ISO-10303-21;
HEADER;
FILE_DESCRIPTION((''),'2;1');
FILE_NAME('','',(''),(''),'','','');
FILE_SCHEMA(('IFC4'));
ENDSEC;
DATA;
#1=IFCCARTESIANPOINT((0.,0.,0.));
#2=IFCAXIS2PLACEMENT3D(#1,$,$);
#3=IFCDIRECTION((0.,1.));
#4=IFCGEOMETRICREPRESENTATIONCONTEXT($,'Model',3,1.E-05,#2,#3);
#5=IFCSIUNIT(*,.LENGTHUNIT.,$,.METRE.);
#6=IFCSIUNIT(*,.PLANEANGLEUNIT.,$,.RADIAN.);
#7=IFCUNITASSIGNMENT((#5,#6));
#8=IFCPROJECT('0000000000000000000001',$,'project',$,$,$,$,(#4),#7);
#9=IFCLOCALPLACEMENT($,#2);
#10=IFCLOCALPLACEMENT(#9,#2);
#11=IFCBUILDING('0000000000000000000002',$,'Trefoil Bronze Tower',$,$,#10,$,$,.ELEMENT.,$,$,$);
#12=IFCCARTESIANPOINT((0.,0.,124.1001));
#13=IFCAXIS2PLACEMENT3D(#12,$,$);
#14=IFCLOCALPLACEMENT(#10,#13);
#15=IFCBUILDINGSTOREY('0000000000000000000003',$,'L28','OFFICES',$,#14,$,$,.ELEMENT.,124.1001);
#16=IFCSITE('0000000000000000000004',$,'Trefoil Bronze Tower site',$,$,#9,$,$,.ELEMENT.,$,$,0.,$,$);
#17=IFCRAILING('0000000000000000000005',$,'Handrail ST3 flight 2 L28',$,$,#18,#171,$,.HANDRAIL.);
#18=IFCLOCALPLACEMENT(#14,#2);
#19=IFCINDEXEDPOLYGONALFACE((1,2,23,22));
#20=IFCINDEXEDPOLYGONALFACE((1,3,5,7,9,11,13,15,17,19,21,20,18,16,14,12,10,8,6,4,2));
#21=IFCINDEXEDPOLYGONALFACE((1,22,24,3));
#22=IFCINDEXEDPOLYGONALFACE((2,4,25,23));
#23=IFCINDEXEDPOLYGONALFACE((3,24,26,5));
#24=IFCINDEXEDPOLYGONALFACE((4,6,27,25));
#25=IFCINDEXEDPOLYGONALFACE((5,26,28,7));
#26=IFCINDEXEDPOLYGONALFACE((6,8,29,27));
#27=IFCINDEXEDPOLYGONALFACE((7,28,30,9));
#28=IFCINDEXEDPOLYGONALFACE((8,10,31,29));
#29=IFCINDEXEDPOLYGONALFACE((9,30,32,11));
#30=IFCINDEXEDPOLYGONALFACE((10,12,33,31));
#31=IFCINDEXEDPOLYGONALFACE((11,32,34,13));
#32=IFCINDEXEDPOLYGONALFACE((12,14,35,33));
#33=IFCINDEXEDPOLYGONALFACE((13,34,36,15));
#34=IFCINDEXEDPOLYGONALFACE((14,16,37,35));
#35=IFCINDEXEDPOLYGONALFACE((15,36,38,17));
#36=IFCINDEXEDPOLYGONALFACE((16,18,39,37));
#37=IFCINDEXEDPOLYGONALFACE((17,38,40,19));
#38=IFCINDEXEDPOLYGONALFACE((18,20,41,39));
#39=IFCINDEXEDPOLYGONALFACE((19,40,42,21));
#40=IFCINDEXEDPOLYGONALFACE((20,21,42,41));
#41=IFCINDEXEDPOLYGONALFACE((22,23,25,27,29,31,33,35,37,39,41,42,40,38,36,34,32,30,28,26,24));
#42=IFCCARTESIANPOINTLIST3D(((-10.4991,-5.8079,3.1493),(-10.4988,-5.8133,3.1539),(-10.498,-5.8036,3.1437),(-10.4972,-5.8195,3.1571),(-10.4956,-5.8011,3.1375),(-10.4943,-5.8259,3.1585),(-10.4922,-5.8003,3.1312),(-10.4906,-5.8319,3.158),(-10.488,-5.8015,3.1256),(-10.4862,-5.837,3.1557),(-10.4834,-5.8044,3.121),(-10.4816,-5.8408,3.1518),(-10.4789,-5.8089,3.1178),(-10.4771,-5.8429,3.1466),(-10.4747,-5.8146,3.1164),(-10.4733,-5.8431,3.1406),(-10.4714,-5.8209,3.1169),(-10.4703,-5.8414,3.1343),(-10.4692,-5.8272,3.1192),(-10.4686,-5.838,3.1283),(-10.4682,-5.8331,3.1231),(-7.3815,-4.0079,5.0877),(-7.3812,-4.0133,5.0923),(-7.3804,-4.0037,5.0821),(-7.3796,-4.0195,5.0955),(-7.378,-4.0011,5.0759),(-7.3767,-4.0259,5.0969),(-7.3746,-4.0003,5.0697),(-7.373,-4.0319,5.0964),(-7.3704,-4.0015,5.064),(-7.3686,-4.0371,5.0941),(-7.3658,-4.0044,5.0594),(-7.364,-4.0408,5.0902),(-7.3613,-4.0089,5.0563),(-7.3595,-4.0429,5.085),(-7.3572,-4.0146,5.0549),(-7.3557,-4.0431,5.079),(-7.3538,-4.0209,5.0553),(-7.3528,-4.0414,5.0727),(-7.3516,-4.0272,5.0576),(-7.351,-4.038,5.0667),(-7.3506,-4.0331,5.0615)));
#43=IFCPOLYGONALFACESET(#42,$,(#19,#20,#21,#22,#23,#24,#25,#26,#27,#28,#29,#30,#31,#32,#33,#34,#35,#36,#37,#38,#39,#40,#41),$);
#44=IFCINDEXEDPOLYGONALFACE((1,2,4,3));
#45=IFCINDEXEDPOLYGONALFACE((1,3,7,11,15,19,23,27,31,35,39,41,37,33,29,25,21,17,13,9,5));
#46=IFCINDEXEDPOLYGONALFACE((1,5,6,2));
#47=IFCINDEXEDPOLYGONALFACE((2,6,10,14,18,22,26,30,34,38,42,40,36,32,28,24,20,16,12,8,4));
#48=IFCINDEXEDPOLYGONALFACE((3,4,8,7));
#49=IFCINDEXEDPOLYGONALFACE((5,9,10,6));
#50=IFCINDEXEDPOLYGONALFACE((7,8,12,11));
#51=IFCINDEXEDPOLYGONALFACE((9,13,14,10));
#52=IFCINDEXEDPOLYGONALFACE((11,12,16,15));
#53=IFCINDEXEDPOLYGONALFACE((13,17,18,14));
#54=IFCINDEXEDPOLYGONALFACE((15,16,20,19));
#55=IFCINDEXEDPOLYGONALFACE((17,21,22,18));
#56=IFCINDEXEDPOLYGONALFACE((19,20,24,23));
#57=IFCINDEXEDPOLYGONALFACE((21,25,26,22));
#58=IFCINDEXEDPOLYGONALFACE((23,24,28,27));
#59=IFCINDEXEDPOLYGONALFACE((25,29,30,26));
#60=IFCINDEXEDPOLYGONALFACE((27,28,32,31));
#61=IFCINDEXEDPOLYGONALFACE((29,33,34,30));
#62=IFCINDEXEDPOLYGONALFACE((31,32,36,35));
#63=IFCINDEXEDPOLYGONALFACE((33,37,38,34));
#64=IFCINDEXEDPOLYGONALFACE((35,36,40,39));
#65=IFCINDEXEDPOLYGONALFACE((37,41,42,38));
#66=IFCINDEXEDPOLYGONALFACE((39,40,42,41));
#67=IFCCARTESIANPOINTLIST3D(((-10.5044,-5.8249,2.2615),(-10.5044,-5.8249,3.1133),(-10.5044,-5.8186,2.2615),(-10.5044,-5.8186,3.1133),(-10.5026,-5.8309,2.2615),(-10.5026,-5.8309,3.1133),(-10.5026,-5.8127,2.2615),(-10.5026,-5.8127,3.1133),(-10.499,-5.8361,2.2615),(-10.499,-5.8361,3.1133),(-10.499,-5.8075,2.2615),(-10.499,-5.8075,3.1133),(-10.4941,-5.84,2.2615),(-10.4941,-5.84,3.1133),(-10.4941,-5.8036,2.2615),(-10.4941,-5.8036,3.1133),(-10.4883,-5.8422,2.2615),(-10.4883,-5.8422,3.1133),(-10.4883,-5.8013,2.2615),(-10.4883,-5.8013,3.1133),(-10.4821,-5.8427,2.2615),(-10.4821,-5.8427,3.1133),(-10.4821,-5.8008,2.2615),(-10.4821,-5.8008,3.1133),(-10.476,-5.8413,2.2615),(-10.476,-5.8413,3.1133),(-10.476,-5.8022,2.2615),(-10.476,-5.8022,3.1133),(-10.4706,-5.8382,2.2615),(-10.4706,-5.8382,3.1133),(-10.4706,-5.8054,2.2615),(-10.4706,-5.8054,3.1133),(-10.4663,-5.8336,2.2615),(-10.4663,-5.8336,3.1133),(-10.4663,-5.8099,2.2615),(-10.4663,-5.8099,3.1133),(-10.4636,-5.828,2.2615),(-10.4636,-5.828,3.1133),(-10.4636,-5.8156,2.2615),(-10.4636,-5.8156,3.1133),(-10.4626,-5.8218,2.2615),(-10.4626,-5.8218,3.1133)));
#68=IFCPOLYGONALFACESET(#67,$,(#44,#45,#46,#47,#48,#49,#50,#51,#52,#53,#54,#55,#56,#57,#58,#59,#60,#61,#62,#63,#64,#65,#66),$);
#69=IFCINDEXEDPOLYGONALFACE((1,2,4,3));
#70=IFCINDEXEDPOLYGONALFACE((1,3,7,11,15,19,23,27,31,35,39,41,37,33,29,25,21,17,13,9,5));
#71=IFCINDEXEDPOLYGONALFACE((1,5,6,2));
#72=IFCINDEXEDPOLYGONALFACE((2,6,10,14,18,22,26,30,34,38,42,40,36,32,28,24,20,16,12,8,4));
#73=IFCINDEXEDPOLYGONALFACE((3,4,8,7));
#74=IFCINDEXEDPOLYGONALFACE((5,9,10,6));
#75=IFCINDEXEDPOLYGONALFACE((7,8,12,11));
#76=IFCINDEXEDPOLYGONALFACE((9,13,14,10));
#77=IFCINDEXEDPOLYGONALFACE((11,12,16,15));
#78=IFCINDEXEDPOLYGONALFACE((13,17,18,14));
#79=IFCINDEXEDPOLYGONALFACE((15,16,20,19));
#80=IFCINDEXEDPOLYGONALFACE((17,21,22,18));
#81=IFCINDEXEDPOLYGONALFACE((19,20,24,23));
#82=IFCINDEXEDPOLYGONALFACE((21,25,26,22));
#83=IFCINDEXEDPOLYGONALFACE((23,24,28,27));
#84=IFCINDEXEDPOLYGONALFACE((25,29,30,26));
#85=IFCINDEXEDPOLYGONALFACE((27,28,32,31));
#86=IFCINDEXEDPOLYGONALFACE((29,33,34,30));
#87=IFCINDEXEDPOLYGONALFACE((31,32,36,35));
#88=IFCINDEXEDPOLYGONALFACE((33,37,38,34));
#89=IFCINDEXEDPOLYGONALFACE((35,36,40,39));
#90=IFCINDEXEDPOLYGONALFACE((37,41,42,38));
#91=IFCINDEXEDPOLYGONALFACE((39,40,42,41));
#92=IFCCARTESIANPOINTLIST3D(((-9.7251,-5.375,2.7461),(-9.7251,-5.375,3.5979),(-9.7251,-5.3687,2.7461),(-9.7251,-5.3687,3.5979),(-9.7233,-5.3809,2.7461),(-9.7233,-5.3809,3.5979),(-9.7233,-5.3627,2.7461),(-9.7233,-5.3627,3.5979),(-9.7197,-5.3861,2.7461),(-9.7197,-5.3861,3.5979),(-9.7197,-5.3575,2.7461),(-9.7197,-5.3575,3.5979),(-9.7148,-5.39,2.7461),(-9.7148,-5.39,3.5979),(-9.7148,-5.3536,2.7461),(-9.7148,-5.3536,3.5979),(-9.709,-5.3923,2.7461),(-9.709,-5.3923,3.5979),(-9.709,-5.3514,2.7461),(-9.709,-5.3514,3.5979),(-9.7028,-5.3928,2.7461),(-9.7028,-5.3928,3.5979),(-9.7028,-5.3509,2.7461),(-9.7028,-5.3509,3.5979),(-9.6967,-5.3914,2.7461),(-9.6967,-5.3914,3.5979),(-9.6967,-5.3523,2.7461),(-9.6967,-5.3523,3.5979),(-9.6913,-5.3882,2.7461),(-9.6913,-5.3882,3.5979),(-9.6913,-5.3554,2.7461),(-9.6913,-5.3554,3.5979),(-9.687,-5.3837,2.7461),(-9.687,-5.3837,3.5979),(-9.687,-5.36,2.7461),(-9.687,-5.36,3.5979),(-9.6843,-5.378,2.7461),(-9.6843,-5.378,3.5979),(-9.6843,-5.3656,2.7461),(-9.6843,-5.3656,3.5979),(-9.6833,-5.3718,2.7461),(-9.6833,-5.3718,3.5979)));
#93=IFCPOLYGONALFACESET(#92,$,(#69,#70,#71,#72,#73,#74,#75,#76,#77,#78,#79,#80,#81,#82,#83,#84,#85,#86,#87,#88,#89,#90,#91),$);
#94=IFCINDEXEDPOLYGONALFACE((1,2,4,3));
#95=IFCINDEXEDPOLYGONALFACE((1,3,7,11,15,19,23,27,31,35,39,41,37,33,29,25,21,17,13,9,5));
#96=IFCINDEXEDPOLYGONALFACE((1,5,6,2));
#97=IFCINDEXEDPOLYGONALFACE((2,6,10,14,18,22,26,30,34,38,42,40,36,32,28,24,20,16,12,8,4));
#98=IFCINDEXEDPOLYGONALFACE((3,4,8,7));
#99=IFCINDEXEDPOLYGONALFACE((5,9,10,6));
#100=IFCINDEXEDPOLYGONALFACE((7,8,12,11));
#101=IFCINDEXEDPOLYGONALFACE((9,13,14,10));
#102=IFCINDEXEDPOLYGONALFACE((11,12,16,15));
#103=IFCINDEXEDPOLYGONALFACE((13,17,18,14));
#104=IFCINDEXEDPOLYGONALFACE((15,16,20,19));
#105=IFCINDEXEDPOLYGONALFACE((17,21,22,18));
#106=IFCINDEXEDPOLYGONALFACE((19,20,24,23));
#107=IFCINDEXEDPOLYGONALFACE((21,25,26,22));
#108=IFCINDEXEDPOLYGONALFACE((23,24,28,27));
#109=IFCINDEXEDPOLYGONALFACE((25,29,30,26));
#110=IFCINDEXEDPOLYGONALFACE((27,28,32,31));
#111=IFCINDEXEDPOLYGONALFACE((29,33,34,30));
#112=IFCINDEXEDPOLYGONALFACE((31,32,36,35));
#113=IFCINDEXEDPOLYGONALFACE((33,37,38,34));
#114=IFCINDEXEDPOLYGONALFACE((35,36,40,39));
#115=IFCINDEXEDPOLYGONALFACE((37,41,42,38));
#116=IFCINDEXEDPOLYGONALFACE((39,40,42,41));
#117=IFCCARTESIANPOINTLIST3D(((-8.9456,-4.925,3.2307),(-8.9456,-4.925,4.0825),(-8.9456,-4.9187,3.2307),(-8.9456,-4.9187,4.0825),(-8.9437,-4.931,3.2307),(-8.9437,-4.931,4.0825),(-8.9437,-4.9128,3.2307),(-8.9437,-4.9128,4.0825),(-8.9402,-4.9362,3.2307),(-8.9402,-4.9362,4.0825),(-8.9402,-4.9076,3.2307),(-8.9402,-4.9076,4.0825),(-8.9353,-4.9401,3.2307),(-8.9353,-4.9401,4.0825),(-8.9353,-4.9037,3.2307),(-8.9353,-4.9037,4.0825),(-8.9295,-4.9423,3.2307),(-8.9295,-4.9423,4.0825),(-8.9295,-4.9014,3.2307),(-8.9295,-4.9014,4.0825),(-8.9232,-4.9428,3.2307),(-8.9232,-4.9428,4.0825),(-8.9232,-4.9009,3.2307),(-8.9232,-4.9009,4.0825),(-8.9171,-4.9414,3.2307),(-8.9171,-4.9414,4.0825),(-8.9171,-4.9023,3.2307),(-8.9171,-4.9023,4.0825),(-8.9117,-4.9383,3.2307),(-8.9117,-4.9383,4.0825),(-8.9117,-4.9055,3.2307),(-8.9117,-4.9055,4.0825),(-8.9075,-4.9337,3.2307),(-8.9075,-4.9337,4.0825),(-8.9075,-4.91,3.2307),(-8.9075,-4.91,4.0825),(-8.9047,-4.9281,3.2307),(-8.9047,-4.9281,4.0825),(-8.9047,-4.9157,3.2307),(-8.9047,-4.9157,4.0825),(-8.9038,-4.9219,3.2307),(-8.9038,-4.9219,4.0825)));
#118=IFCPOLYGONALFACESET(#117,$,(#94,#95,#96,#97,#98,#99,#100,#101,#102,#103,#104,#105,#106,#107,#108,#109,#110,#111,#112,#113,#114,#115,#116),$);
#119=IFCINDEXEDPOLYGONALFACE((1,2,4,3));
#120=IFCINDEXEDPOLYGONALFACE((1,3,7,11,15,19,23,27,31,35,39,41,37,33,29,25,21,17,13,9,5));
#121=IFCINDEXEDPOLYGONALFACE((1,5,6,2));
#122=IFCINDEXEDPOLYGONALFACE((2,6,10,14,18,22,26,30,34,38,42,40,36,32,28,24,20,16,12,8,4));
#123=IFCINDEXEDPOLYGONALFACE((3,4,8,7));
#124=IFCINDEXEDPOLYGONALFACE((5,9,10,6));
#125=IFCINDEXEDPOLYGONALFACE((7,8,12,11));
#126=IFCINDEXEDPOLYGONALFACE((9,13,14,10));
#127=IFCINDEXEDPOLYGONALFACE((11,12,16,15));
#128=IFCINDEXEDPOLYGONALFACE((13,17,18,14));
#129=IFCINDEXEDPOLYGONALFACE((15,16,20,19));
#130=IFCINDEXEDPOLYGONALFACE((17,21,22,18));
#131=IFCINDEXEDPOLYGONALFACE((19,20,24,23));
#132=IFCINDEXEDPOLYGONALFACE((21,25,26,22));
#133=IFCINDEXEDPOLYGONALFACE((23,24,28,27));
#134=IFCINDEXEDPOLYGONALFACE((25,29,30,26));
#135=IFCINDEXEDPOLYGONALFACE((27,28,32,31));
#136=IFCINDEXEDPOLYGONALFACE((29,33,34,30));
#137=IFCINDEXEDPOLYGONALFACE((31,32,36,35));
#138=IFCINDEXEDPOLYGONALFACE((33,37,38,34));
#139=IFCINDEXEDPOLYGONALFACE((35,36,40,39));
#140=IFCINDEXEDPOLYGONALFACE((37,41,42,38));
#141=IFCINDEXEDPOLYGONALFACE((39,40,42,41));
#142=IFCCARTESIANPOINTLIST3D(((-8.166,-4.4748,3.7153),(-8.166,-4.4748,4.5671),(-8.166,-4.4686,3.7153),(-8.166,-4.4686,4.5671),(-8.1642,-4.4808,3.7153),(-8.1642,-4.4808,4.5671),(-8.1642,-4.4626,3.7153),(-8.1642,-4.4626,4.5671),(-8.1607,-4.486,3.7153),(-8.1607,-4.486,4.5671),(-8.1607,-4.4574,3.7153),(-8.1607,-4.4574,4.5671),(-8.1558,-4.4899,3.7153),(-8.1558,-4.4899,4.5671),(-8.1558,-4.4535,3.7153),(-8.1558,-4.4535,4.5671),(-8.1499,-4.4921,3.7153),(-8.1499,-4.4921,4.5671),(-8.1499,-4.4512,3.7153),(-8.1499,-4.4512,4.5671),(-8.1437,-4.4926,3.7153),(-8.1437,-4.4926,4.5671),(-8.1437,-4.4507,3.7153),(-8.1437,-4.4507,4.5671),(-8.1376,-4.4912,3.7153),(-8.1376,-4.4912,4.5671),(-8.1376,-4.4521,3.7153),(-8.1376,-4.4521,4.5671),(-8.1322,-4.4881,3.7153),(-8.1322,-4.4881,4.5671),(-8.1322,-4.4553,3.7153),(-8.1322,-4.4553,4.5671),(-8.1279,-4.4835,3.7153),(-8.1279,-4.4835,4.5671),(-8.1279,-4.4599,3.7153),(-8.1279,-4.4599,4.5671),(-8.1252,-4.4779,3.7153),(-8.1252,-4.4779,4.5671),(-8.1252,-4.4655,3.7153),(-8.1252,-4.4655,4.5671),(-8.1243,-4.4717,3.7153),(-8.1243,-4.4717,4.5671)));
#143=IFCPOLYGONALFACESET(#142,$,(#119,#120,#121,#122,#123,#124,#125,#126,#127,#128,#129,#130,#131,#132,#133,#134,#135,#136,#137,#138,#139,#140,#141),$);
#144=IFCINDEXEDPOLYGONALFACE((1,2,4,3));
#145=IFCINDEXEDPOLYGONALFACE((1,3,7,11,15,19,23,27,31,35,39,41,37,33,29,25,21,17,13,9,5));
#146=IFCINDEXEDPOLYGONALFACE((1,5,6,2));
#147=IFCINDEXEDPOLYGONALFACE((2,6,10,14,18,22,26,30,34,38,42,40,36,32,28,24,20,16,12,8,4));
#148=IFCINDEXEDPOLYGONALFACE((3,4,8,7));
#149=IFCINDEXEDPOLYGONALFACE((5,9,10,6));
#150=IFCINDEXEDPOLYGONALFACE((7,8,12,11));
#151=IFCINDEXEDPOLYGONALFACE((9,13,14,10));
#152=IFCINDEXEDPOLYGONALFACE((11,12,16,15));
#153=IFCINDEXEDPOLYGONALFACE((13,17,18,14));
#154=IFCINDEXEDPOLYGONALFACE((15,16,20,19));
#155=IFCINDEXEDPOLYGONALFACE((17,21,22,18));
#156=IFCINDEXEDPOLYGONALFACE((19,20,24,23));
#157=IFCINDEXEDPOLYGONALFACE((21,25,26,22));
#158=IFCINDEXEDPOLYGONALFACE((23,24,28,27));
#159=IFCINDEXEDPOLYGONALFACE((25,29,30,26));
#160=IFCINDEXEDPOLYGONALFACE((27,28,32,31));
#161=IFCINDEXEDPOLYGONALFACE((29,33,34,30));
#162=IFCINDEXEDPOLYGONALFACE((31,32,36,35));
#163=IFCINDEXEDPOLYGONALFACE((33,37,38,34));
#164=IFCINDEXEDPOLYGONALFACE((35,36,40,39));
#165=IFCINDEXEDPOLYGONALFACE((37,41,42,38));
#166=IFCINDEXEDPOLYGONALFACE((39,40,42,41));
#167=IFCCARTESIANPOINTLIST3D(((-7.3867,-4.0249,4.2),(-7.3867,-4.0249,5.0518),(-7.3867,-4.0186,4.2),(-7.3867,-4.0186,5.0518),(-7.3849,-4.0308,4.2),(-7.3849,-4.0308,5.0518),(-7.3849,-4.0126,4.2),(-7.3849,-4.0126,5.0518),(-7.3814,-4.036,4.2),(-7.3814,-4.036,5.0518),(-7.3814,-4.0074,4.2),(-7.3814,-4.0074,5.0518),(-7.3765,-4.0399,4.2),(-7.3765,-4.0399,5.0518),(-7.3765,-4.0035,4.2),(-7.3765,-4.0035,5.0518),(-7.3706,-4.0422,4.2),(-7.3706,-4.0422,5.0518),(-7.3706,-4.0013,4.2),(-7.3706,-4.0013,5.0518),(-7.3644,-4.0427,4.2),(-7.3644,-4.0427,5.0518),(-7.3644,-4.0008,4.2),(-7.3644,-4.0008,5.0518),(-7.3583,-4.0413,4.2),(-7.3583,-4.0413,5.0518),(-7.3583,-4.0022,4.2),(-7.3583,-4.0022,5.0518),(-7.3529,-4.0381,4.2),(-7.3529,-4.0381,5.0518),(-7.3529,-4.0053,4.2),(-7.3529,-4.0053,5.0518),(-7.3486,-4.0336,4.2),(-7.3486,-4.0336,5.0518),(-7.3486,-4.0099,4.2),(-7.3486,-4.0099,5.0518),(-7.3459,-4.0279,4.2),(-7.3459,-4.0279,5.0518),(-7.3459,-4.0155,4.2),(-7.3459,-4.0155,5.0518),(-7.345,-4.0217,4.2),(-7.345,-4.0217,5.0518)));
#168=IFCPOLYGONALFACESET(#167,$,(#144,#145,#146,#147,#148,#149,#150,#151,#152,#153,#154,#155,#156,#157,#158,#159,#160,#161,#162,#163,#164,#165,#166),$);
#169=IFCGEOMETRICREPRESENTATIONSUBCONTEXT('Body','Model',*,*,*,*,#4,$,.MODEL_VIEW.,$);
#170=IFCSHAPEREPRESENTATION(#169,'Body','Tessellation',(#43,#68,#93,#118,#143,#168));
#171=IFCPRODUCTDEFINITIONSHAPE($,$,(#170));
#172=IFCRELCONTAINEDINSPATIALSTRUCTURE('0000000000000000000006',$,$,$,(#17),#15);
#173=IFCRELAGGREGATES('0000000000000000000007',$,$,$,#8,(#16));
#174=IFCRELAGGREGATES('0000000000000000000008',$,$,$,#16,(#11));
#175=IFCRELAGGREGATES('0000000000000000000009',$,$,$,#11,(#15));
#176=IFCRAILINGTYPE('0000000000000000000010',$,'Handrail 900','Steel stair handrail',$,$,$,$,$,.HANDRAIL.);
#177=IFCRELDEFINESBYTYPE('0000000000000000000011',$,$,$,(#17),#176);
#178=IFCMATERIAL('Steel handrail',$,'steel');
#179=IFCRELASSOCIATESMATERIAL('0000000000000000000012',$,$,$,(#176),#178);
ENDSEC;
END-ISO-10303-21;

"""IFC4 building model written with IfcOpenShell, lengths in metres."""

from ifc_helpers import new_model, si_unit, direction, frame, origin, origin_2d, place, context, subcontext, project, spatial, circle, extrude, material, type_object, element, save


model = new_model("IFC4")

# Units and contexts
model_context = context("Model", 3, precision=1e-05, world=origin(), true_north=direction((0.0, 1.0)))
body_context = subcontext(model_context, "Body", "Model", "MODEL_VIEW")
ifc_project = project(units=[si_unit("LENGTHUNIT", "METRE"), si_unit("PLANEANGLEUNIT", "RADIAN")], contexts=[model_context])

# Site, building, storey
site_placement = place(None, origin())
site = spatial("IfcSite", under=ifc_project, at=site_placement, Name="Trefoil Bronze Tower site", CompositionType="ELEMENT", RefElevation=0.0)
building_placement = place(site_placement, origin())
building = spatial("IfcBuilding", under=site, at=building_placement, Name="Trefoil Bronze Tower", CompositionType="ELEMENT")
storey_placement = place(building_placement, frame((0.0, 0.0, 124.1001)))
storey = spatial("IfcBuildingStorey", under=building, at=storey_placement, Name="L28", Description="OFFICES", CompositionType="ELEMENT", Elevation=124.1001)

# Railing
ifc_material_1 = material(Name="Steel handrail", Category="steel")
railing_type = type_object("IfcRailingType", Name="Handrail 900", Description="Steel stair handrail", PredefinedType="HANDRAIL", material=ifc_material_1)
railing_1_placement = place(storey_placement, frame((-10.4836, -5.8218, 2.2615)))
element("IfcRailing", 1, at=railing_1_placement, inside=storey, type_object=railing_type, Name="Handrail ST3 flight 2 L28", PredefinedType="HANDRAIL", context=body_context, shape_type="SweptSolid", body=[
    extrude(circle(Radius=0.0239, at=origin_2d()), frame((0.0, 0.0, 0.876), z_axis=(0.762503, 0.440246, 0.474102), x_axis=(-0.500012, 0.866018, 0.0)), (0.0, 0.0, 1.0), 4.0886),
    extrude(circle(Radius=0.021, at=origin_2d()), origin(), (0.0, 0.0, 1.0), 0.8518),
    extrude(circle(Radius=0.021, at=origin_2d()), frame((0.7793, 0.45, 0.4846)), (0.0, 0.0, 1.0), 0.8518),
    extrude(circle(Radius=0.021, at=origin_2d()), frame((1.5588, 0.8999, 0.9692)), (0.0, 0.0, 1.0), 0.8518),
    extrude(circle(Radius=0.021, at=origin_2d()), frame((2.3384, 1.3501, 1.4539)), (0.0, 0.0, 1.0), 0.8518),
    extrude(circle(Radius=0.021, at=origin_2d()), frame((3.1177, 1.8, 1.9385)), (0.0, 0.0, 1.0), 0.8518),
])

save(model, "model.ifc")
